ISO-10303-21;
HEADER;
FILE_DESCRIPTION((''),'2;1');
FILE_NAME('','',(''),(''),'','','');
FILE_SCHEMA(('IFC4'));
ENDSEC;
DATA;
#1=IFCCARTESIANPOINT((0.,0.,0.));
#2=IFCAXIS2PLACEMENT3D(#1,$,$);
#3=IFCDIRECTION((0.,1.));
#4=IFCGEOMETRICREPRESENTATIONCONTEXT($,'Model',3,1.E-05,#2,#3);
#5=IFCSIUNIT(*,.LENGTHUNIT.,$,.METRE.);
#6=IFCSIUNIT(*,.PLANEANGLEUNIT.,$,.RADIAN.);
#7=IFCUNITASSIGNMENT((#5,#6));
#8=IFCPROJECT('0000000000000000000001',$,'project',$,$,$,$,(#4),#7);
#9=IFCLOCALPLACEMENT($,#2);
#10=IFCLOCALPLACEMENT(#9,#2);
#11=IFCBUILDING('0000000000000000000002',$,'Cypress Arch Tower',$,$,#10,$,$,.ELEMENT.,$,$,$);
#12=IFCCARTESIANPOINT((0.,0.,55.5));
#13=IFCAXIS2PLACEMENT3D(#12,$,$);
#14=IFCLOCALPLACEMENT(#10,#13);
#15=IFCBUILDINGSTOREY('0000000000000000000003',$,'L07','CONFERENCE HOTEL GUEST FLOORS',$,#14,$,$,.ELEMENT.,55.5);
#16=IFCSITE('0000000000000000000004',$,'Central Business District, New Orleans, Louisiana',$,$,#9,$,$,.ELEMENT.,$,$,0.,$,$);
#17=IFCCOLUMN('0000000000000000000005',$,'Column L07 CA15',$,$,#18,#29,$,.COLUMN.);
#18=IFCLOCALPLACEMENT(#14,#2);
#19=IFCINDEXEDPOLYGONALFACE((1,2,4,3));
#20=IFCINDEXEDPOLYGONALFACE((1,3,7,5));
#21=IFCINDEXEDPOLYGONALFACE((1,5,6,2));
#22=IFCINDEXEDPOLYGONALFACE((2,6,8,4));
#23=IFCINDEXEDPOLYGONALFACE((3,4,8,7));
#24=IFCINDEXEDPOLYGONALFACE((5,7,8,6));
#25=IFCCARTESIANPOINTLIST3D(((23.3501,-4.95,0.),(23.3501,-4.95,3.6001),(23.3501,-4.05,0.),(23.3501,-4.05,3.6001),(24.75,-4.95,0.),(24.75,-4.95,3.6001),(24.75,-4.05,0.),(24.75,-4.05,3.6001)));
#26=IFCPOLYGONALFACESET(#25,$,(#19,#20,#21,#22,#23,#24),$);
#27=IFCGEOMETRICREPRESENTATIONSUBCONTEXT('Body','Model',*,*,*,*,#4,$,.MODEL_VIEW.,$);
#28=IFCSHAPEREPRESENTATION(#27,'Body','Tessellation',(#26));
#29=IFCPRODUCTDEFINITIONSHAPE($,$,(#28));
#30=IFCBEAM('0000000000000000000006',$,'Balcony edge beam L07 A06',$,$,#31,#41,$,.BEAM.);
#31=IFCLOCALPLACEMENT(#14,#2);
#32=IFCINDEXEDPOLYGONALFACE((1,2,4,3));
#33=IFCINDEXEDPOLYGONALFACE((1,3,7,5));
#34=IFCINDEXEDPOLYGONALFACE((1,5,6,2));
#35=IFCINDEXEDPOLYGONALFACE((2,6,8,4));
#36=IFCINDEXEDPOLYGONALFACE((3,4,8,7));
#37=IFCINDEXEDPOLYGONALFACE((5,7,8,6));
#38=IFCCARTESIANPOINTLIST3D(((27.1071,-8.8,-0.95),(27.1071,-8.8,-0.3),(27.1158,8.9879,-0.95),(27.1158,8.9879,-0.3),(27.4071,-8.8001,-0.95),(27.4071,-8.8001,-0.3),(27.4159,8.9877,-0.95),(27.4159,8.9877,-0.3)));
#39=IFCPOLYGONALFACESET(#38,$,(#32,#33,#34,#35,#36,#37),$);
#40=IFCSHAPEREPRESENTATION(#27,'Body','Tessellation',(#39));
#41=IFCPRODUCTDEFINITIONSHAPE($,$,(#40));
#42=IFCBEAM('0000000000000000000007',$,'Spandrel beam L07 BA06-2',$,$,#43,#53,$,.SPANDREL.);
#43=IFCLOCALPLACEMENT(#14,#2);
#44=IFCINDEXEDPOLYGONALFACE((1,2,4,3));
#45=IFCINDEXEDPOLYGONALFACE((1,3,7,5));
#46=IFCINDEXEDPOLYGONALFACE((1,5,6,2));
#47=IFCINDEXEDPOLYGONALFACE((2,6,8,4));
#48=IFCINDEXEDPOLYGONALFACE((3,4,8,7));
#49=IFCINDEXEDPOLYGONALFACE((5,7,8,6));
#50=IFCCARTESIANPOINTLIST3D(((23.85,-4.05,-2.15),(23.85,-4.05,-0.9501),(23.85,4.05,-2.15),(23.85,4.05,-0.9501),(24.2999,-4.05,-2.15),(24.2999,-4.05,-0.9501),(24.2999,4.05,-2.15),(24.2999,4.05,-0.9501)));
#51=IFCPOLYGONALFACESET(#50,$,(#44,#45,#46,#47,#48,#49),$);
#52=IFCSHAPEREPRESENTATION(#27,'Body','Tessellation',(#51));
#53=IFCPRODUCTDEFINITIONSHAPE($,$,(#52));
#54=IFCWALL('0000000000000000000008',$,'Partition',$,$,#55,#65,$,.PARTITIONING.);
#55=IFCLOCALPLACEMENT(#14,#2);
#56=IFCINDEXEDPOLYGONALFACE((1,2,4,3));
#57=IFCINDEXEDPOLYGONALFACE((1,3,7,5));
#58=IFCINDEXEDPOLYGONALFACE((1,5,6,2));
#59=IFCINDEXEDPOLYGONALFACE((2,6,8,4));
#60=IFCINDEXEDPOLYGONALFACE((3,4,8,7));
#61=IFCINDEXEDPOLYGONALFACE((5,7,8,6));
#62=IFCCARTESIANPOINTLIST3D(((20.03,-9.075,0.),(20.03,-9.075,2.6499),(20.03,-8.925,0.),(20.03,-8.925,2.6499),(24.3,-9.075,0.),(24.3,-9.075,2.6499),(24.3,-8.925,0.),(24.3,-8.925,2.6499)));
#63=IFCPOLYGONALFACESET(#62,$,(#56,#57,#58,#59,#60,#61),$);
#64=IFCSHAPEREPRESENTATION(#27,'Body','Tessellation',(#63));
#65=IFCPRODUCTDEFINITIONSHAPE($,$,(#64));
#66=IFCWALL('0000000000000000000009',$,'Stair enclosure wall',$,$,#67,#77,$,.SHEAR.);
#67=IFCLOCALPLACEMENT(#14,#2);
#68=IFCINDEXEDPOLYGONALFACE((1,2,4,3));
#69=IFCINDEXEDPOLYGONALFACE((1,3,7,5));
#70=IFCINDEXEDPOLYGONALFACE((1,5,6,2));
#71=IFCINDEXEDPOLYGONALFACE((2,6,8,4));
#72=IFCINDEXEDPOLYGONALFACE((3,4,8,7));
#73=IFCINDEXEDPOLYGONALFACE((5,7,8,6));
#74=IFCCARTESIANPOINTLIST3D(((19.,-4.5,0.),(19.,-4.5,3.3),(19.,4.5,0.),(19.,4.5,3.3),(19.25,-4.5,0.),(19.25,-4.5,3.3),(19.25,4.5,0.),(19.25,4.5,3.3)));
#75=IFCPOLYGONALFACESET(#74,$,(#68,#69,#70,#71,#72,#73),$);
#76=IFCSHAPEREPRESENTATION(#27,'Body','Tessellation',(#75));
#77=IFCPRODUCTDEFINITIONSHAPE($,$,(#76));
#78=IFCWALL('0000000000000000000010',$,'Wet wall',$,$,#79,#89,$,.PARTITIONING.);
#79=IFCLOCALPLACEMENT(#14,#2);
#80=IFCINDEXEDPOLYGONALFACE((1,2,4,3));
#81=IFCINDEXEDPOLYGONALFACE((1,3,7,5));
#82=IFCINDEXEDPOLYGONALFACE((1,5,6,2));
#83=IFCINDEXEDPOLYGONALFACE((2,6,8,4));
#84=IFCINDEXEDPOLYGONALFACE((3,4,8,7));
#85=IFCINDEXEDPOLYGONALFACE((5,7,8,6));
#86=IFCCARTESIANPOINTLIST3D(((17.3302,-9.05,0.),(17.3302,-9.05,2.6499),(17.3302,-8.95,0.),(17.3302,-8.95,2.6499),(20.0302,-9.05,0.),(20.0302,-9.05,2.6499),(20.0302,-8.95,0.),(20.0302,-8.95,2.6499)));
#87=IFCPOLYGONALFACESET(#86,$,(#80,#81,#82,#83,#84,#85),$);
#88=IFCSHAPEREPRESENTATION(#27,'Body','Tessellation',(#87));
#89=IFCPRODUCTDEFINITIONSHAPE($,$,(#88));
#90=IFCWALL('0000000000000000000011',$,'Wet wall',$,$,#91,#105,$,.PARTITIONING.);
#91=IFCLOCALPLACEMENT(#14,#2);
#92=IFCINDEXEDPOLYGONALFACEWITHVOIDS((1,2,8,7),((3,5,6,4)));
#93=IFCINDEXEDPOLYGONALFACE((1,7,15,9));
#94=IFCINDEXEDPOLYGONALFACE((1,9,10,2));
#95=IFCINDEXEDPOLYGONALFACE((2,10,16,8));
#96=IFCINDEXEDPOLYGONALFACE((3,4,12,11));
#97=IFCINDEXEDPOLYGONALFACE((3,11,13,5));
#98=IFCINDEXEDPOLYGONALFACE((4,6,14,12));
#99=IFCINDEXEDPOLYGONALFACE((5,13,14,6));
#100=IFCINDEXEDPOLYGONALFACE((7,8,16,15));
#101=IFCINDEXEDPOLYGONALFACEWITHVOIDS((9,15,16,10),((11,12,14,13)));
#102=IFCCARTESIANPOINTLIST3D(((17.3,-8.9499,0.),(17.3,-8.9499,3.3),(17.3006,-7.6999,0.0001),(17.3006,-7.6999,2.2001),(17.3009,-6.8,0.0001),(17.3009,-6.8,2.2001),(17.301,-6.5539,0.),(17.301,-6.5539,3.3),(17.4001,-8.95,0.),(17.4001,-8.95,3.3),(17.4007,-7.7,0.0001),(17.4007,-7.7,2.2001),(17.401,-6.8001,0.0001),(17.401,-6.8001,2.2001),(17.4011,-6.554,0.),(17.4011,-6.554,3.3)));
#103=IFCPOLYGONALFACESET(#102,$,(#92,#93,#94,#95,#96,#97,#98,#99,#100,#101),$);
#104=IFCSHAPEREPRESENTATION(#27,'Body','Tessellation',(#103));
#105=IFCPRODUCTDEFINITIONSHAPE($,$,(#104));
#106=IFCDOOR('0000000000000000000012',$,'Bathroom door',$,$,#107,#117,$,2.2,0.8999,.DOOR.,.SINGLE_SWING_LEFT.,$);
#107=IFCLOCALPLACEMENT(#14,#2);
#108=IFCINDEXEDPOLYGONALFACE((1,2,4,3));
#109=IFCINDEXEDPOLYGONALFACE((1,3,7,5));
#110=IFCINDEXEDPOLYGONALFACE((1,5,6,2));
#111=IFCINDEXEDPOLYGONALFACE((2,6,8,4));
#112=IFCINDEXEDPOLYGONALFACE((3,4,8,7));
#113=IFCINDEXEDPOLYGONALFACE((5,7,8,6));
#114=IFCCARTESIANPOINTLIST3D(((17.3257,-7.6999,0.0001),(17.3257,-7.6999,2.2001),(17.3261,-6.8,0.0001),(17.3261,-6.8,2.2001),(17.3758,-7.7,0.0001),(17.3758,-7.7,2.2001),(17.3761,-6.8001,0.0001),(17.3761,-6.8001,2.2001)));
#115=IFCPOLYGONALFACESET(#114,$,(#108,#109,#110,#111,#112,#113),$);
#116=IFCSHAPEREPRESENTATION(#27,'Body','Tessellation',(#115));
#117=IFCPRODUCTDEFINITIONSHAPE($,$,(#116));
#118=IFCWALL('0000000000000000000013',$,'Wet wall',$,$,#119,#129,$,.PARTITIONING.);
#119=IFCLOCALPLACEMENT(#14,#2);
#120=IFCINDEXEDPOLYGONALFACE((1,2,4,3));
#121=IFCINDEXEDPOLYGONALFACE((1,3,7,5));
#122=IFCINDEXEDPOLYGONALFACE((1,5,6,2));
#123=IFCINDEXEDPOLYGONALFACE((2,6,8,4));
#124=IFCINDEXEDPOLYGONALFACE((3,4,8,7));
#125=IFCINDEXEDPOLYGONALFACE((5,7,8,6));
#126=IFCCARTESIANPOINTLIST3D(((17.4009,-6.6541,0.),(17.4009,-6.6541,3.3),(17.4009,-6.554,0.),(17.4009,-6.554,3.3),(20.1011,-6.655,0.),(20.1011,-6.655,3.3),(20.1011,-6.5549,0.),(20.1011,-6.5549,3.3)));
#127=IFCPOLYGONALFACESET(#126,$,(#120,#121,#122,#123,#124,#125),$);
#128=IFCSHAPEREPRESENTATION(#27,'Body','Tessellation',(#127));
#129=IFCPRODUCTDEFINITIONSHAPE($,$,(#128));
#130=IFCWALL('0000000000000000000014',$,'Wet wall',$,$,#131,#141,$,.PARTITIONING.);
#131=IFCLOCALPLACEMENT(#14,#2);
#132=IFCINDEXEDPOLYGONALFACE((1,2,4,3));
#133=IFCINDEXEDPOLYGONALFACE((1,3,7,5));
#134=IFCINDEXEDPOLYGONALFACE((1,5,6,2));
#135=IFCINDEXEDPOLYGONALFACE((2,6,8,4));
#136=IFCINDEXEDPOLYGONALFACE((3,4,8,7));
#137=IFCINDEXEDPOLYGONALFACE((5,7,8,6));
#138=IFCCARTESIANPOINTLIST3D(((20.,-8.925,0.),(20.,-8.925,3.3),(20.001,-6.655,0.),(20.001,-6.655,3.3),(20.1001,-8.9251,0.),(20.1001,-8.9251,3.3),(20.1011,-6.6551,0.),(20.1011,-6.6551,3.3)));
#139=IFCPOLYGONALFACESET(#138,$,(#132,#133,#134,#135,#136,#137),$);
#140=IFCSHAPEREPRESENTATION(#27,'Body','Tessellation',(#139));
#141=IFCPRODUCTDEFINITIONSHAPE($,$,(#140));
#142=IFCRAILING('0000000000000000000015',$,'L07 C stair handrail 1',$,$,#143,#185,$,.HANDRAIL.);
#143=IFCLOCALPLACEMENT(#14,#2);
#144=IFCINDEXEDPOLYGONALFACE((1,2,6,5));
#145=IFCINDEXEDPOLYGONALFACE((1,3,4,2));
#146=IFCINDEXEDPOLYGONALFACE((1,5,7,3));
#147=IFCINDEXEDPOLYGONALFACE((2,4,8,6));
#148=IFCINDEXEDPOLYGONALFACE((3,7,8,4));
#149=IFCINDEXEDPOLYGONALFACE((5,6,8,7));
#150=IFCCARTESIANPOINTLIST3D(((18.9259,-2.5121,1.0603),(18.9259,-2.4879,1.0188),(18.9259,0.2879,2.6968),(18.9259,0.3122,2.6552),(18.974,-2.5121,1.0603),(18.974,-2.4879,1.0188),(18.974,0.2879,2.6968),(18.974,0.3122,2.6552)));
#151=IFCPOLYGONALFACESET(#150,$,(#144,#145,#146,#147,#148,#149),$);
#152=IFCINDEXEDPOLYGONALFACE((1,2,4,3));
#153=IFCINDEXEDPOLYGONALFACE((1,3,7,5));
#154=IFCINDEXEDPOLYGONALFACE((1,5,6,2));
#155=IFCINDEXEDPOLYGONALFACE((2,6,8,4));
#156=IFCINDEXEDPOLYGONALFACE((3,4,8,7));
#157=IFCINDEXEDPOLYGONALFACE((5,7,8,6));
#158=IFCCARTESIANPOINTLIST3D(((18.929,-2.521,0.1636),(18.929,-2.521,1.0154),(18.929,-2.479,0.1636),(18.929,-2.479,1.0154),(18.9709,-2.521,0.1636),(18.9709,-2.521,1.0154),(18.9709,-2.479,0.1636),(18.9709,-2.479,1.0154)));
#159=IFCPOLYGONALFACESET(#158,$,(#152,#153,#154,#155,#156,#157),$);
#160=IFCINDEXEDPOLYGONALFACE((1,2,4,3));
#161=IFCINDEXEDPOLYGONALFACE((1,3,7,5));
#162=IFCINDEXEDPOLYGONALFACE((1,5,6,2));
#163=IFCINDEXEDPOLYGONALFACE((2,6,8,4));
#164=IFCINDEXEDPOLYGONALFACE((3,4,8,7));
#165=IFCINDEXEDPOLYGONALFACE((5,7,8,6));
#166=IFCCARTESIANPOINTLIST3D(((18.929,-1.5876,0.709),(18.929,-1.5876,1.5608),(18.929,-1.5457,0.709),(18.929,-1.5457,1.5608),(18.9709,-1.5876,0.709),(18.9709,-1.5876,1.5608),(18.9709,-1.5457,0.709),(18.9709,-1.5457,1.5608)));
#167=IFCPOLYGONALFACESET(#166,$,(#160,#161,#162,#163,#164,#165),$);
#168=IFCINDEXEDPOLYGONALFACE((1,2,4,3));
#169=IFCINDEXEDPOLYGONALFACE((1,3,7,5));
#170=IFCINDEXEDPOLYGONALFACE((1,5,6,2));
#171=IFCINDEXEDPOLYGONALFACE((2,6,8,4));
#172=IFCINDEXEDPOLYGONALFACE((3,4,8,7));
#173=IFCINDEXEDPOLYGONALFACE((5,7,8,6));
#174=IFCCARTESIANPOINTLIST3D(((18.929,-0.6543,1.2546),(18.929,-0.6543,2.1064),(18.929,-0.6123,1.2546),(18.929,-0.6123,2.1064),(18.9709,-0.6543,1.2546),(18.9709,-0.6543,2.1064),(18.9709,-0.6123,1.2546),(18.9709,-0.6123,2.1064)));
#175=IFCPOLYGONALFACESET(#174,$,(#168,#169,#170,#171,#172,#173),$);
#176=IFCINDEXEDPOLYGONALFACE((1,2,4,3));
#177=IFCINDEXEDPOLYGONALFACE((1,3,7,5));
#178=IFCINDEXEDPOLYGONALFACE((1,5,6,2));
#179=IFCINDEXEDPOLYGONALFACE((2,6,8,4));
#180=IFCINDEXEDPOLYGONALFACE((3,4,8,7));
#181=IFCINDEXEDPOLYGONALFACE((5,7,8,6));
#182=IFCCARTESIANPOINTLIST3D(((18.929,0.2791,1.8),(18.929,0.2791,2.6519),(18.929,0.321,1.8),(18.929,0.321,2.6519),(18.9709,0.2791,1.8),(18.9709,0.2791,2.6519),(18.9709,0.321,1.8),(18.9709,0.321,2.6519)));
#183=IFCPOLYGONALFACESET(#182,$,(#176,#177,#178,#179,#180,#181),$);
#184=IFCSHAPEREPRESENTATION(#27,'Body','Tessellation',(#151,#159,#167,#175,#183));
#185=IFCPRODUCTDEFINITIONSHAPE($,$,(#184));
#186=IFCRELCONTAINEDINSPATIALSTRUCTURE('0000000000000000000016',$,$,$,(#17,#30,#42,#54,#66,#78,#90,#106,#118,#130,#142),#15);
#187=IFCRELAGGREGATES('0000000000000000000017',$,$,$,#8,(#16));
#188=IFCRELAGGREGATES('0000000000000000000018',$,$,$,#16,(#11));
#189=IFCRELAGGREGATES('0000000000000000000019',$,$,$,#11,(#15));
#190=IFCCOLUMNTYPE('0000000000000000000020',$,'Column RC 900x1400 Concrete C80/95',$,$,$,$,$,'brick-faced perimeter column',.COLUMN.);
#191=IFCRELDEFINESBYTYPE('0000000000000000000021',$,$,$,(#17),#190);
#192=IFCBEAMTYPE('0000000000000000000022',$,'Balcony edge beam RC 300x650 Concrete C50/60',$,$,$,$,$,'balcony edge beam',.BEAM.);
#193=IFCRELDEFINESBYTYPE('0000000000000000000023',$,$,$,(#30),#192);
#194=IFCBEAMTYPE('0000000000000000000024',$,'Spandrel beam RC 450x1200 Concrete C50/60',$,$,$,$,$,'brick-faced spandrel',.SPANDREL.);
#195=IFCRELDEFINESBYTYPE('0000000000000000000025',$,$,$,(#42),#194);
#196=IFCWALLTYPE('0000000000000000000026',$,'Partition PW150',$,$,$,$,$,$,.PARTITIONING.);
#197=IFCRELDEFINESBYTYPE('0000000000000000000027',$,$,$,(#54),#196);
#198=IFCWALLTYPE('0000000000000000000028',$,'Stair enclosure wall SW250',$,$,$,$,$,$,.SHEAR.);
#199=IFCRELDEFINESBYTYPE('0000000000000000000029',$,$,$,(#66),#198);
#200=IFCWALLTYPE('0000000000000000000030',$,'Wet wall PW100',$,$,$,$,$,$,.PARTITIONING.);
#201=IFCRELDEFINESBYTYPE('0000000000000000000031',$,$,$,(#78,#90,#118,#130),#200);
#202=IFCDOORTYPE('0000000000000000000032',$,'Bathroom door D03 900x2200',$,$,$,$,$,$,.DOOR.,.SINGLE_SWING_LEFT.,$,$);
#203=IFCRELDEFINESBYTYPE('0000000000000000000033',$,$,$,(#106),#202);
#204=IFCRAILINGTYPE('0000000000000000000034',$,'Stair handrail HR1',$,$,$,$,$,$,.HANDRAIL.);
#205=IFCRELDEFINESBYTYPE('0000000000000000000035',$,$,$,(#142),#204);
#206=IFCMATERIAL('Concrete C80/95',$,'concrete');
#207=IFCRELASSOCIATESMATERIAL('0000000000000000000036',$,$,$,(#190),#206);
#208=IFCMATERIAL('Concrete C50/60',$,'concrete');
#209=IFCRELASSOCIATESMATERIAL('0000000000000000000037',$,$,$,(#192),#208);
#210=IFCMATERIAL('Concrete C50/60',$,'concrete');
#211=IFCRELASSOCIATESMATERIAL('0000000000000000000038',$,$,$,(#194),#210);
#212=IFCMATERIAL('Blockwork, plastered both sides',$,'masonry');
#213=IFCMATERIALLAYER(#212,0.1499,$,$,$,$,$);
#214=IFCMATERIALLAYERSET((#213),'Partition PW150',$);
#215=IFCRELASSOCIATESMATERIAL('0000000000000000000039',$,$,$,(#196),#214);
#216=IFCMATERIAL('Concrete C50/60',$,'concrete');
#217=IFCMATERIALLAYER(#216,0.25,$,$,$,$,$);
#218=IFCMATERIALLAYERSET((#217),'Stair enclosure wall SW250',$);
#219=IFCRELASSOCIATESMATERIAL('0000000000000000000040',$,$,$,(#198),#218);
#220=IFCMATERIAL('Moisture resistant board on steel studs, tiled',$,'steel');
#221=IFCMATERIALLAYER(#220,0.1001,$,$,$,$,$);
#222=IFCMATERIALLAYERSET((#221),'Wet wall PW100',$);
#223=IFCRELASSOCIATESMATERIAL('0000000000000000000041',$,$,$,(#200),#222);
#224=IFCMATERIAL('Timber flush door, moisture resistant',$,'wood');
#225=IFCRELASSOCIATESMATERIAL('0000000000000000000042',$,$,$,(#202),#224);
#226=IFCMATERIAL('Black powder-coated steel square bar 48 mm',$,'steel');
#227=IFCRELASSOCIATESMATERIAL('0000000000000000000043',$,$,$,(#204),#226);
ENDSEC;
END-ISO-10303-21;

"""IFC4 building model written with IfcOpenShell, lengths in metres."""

from ifc_helpers import new_model, si_unit, direction, frame, frame_2d, origin, origin_2d, place, context, subcontext, project, spatial, rectangle, extrude, material, layer, layer_set, material_profile, profile_set, type_object, element, fill, save


model = new_model("IFC4")

# Units and contexts
model_context = context("Model", 3, precision=1e-05, world=origin(), true_north=direction((0.0, 1.0)))
body_context = subcontext(model_context, "Body", "Model", "MODEL_VIEW")
ifc_project = project(units=[si_unit("LENGTHUNIT", "METRE"), si_unit("PLANEANGLEUNIT", "RADIAN")], contexts=[model_context])

# Site, building, storey
site_placement = place(None, origin())
site = spatial("IfcSite", under=ifc_project, at=site_placement, Name="Central Business District, New Orleans, Louisiana", CompositionType="ELEMENT", RefElevation=0.0)
building_placement = place(site_placement, origin())
building = spatial("IfcBuilding", under=site, at=building_placement, Name="Cypress Arch Tower", CompositionType="ELEMENT")
storey_placement = place(building_placement, frame((0.0, 0.0, 55.5)))
storey = spatial("IfcBuildingStorey", under=building, at=storey_placement, Name="L07", Description="CONFERENCE HOTEL GUEST FLOORS", CompositionType="ELEMENT", Elevation=55.5)

# Column
ifc_material_1 = material(Name="Concrete C80/95", Category="concrete")
ifc_material_profile_1 = material_profile(ifc_material_1, rectangle(XDim=0.8999, YDim=1.3999, at=origin_2d()), Name="RC 900x1400")
ifc_profile_set_1 = profile_set([ifc_material_profile_1], Name="Concrete C80/95")
column_type = type_object("IfcColumnType", Name="Column RC 900x1400 Concrete C80/95", ElementType="brick-faced perimeter column", PredefinedType="COLUMN", material=ifc_profile_set_1)
column_placement = place(storey_placement, frame((24.05, -4.5, 0.0), z_axis=(0.0, 0.0, 1.0), x_axis=(0.0, 1.0, 0.0)))
element("IfcColumn", 1, at=column_placement, inside=storey, type_object=column_type, Name="Column L07 CA15", PredefinedType="COLUMN", context=body_context, shape_type="SweptSolid", body=[
    extrude(rectangle(XDim=0.8999, YDim=1.3999, at=origin_2d()), origin(), (0.0, 0.0, 1.0), 3.6001),
])

# Beams
ifc_material_2 = material(Name="Concrete C50/60", Category="concrete")
ifc_material_profile_2 = material_profile(ifc_material_2, rectangle(XDim=0.3, YDim=0.6499, at=origin_2d()), Name="RC 300x650")
ifc_profile_set_2 = profile_set([ifc_material_profile_2], Name="Concrete C50/60")
beam_type_1 = type_object("IfcBeamType", Name="Balcony edge beam RC 300x650 Concrete C50/60", ElementType="balcony edge beam", PredefinedType="BEAM", material=ifc_profile_set_2)
beam_1_placement = place(storey_placement, frame((27.2571, -8.8, -0.625), z_axis=(0.000494, 1.0, 0.0), x_axis=(-1.0, 0.000494, 0.0)))
element("IfcBeam", 2, at=beam_1_placement, inside=storey, type_object=beam_type_1, Name="Balcony edge beam L07 A06", PredefinedType="BEAM", context=body_context, shape_type="SweptSolid", body=[
    extrude(rectangle(XDim=0.3, YDim=0.6499, at=origin_2d()), origin(), (0.0, 0.0, 1.0), 17.7878),
])
ifc_material_3 = material(Name="Concrete C50/60", Category="concrete")
ifc_material_profile_3 = material_profile(ifc_material_3, rectangle(XDim=0.45, YDim=1.2, at=origin_2d()), Name="RC 450x1200")
ifc_profile_set_3 = profile_set([ifc_material_profile_3], Name="Concrete C50/60")
beam_type_2 = type_object("IfcBeamType", Name="Spandrel beam RC 450x1200 Concrete C50/60", ElementType="brick-faced spandrel", PredefinedType="SPANDREL", material=ifc_profile_set_3)
beam_2_placement = place(storey_placement, frame((24.075, -4.05, -1.55), z_axis=(0.0, 1.0, 0.0), x_axis=(-1.0, 0.0, 0.0)))
element("IfcBeam", 3, at=beam_2_placement, inside=storey, type_object=beam_type_2, Name="Spandrel beam L07 BA06-2", PredefinedType="SPANDREL", context=body_context, shape_type="SweptSolid", body=[
    extrude(rectangle(XDim=0.45, YDim=1.2, at=origin_2d()), origin(), (0.0, 0.0, 1.0), 8.1001),
])

# Walls
ifc_material_4 = material(Name="Blockwork, plastered both sides", Category="masonry")
ifc_layer_1 = layer(ifc_material_4, 0.1499)
ifc_layer_set_1 = layer_set([ifc_layer_1], Name="Partition PW150")
wall_type_1 = type_object("IfcWallType", Name="Partition PW150", PredefinedType="PARTITIONING", material=ifc_layer_set_1)
wall_1_placement = place(storey_placement, frame((20.03, -9.0, 0.0), z_axis=(0.0, 0.0, 1.0), x_axis=(1.0, 0.0, 0.0)))
element("IfcWall", 4, at=wall_1_placement, inside=storey, type_object=wall_type_1, Name="Partition", PredefinedType="PARTITIONING", context=body_context, shape_type="SweptSolid", body=[
    extrude(rectangle(XDim=4.27, YDim=0.1499, at=frame_2d((2.135, 0.0))), origin(), (0.0, 0.0, 1.0), 2.6499),
])
ifc_material_5 = material(Name="Concrete C50/60", Category="concrete")
ifc_layer_2 = layer(ifc_material_5, 0.25)
ifc_layer_set_2 = layer_set([ifc_layer_2], Name="Stair enclosure wall SW250")
wall_type_2 = type_object("IfcWallType", Name="Stair enclosure wall SW250", PredefinedType="SHEAR", material=ifc_layer_set_2)
wall_2_placement = place(storey_placement, frame((19.125, -4.5, 0.0), z_axis=(0.0, 0.0, 1.0), x_axis=(0.0, 1.0, 0.0)))
element("IfcWall", 5, at=wall_2_placement, inside=storey, type_object=wall_type_2, Name="Stair enclosure wall", PredefinedType="SHEAR", context=body_context, shape_type="SweptSolid", body=[
    extrude(rectangle(XDim=9.0, YDim=0.25, at=frame_2d((4.5, 0.0))), origin(), (0.0, 0.0, 1.0), 3.3),
])
ifc_material_6 = material(Name="Moisture resistant board on steel studs, tiled", Category="steel")
ifc_layer_3 = layer(ifc_material_6, 0.1001)
ifc_layer_set_3 = layer_set([ifc_layer_3], Name="Wet wall PW100")
wall_type_3 = type_object("IfcWallType", Name="Wet wall PW100", PredefinedType="PARTITIONING", material=ifc_layer_set_3)
wall_3_placement = place(storey_placement, frame((17.3301, -9.0, 0.0), z_axis=(0.0, 0.0, 1.0), x_axis=(1.0, 0.0, 0.0)))
element("IfcWall", 6, at=wall_3_placement, inside=storey, type_object=wall_type_3, Name="Wet wall", PredefinedType="PARTITIONING", context=body_context, shape_type="SweptSolid", body=[
    extrude(rectangle(XDim=2.7, YDim=0.1001, at=frame_2d((1.3501, 0.0))), origin(), (0.0, 0.0, 1.0), 2.6499),
])

# Wall, opening, door
wall_4_placement = place(storey_placement, frame((17.3501, -8.95, 0.0), z_axis=(0.0, 0.0, 1.0), x_axis=(0.000408, 1.0, 0.0)))
wall_4 = element("IfcWall", 7, at=wall_4_placement, inside=storey, type_object=wall_type_3, Name="Wet wall", PredefinedType="PARTITIONING", context=body_context, shape_type="SweptSolid", body=[
    extrude(rectangle(XDim=2.396, YDim=0.1001, at=frame_2d((1.198, 0.0))), origin(), (0.0, 0.0, 1.0), 3.3),
])
opening_1_placement = place(wall_4_placement, frame((1.25, 0.0, 0.0)))
opening_1 = element("IfcOpeningElement", 8, at=opening_1_placement, cuts=wall_4, PredefinedType="OPENING", context=body_context, shape_type="SweptSolid", body=[
    extrude(rectangle(XDim=0.8999, YDim=2.2, at=frame_2d((0.45, 1.1001))), frame((0.0, 0.0601, 0.0), z_axis=(0.0, -1.0, 0.0), x_axis=(1.0, 0.0, 0.0)), (0.0, 0.0, 1.0), 0.1201),
])
ifc_material_7 = material(Name="Timber flush door, moisture resistant", Category="wood")
door_type_1 = type_object("IfcDoorType", Name="Bathroom door D03 900x2200", OperationType="SINGLE_SWING_LEFT", PredefinedType="DOOR", material=ifc_material_7)
door_1_placement = place(opening_1_placement, origin())
door_1 = element("IfcDoor", 9, at=door_1_placement, inside=storey, type_object=door_type_1, Name="Bathroom door", OperationType="SINGLE_SWING_LEFT", OverallHeight=2.2, OverallWidth=0.8999, PredefinedType="DOOR", context=body_context, shape_type="SweptSolid", body=[
    extrude(rectangle(XDim=0.8999, YDim=2.2, at=frame_2d((0.45, 1.1001))), frame((0.0, 0.0249, 0.0), z_axis=(0.0, -1.0, 0.0), x_axis=(1.0, 0.0, 0.0)), (0.0, 0.0, 1.0), 0.05),
])
fill(opening_1, door_1)

# Walls
wall_5_placement = place(storey_placement, frame((17.4009, -6.604, 0.0), z_axis=(0.0, 0.0, 1.0), x_axis=(1.0, -0.000362, 0.0)))
element("IfcWall", 10, at=wall_5_placement, inside=storey, type_object=wall_type_3, Name="Wet wall", PredefinedType="PARTITIONING", context=body_context, shape_type="SweptSolid", body=[
    extrude(rectangle(XDim=2.7002, YDim=0.1001, at=frame_2d((1.3501, 0.0))), origin(), (0.0, 0.0, 1.0), 3.3),
])
wall_6_placement = place(storey_placement, frame((20.05, -8.925, 0.0), z_axis=(0.0, 0.0, 1.0), x_axis=(0.00043, 1.0, 0.0)))
element("IfcWall", 11, at=wall_6_placement, inside=storey, type_object=wall_type_3, Name="Wet wall", PredefinedType="PARTITIONING", context=body_context, shape_type="SweptSolid", body=[
    extrude(rectangle(XDim=2.27, YDim=0.1001, at=frame_2d((1.135, 0.0))), origin(), (0.0, 0.0, 1.0), 3.3),
])

# Railing
ifc_material_8 = material(Name="Black powder-coated steel square bar 48 mm", Category="steel")
railing_type_1 = type_object("IfcRailingType", Name="Stair handrail HR1", PredefinedType="HANDRAIL", material=ifc_material_8)
railing_1_placement = place(storey_placement, frame((18.95, -2.5, 0.1636)))
element("IfcRailing", 12, at=railing_1_placement, inside=storey, type_object=railing_type_1, Name="L07 C stair handrail 1", PredefinedType="HANDRAIL", context=body_context, shape_type="SweptSolid", body=[
    extrude(rectangle(XDim=0.0481, YDim=0.0481, at=origin_2d()), frame((0.0, 0.0, 0.876), z_axis=(0.0, 0.863361, 0.504587), x_axis=(-1.0, 0.0, 0.0)), (0.0, 0.0, 1.0), 3.2432),
    extrude(rectangle(XDim=0.042, YDim=0.042, at=origin_2d()), origin(), (0.0, 0.0, 1.0), 0.8518),
    extrude(rectangle(XDim=0.042, YDim=0.042, at=origin_2d()), frame((0.0, 0.9333, 0.5454)), (0.0, 0.0, 1.0), 0.8518),
    extrude(rectangle(XDim=0.042, YDim=0.042, at=origin_2d()), frame((0.0, 1.8667, 1.0911)), (0.0, 0.0, 1.0), 0.8518),
    extrude(rectangle(XDim=0.042, YDim=0.042, at=origin_2d()), frame((0.0, 2.8, 1.6365)), (0.0, 0.0, 1.0), 0.8518),
])

save(model, "model.ifc")
